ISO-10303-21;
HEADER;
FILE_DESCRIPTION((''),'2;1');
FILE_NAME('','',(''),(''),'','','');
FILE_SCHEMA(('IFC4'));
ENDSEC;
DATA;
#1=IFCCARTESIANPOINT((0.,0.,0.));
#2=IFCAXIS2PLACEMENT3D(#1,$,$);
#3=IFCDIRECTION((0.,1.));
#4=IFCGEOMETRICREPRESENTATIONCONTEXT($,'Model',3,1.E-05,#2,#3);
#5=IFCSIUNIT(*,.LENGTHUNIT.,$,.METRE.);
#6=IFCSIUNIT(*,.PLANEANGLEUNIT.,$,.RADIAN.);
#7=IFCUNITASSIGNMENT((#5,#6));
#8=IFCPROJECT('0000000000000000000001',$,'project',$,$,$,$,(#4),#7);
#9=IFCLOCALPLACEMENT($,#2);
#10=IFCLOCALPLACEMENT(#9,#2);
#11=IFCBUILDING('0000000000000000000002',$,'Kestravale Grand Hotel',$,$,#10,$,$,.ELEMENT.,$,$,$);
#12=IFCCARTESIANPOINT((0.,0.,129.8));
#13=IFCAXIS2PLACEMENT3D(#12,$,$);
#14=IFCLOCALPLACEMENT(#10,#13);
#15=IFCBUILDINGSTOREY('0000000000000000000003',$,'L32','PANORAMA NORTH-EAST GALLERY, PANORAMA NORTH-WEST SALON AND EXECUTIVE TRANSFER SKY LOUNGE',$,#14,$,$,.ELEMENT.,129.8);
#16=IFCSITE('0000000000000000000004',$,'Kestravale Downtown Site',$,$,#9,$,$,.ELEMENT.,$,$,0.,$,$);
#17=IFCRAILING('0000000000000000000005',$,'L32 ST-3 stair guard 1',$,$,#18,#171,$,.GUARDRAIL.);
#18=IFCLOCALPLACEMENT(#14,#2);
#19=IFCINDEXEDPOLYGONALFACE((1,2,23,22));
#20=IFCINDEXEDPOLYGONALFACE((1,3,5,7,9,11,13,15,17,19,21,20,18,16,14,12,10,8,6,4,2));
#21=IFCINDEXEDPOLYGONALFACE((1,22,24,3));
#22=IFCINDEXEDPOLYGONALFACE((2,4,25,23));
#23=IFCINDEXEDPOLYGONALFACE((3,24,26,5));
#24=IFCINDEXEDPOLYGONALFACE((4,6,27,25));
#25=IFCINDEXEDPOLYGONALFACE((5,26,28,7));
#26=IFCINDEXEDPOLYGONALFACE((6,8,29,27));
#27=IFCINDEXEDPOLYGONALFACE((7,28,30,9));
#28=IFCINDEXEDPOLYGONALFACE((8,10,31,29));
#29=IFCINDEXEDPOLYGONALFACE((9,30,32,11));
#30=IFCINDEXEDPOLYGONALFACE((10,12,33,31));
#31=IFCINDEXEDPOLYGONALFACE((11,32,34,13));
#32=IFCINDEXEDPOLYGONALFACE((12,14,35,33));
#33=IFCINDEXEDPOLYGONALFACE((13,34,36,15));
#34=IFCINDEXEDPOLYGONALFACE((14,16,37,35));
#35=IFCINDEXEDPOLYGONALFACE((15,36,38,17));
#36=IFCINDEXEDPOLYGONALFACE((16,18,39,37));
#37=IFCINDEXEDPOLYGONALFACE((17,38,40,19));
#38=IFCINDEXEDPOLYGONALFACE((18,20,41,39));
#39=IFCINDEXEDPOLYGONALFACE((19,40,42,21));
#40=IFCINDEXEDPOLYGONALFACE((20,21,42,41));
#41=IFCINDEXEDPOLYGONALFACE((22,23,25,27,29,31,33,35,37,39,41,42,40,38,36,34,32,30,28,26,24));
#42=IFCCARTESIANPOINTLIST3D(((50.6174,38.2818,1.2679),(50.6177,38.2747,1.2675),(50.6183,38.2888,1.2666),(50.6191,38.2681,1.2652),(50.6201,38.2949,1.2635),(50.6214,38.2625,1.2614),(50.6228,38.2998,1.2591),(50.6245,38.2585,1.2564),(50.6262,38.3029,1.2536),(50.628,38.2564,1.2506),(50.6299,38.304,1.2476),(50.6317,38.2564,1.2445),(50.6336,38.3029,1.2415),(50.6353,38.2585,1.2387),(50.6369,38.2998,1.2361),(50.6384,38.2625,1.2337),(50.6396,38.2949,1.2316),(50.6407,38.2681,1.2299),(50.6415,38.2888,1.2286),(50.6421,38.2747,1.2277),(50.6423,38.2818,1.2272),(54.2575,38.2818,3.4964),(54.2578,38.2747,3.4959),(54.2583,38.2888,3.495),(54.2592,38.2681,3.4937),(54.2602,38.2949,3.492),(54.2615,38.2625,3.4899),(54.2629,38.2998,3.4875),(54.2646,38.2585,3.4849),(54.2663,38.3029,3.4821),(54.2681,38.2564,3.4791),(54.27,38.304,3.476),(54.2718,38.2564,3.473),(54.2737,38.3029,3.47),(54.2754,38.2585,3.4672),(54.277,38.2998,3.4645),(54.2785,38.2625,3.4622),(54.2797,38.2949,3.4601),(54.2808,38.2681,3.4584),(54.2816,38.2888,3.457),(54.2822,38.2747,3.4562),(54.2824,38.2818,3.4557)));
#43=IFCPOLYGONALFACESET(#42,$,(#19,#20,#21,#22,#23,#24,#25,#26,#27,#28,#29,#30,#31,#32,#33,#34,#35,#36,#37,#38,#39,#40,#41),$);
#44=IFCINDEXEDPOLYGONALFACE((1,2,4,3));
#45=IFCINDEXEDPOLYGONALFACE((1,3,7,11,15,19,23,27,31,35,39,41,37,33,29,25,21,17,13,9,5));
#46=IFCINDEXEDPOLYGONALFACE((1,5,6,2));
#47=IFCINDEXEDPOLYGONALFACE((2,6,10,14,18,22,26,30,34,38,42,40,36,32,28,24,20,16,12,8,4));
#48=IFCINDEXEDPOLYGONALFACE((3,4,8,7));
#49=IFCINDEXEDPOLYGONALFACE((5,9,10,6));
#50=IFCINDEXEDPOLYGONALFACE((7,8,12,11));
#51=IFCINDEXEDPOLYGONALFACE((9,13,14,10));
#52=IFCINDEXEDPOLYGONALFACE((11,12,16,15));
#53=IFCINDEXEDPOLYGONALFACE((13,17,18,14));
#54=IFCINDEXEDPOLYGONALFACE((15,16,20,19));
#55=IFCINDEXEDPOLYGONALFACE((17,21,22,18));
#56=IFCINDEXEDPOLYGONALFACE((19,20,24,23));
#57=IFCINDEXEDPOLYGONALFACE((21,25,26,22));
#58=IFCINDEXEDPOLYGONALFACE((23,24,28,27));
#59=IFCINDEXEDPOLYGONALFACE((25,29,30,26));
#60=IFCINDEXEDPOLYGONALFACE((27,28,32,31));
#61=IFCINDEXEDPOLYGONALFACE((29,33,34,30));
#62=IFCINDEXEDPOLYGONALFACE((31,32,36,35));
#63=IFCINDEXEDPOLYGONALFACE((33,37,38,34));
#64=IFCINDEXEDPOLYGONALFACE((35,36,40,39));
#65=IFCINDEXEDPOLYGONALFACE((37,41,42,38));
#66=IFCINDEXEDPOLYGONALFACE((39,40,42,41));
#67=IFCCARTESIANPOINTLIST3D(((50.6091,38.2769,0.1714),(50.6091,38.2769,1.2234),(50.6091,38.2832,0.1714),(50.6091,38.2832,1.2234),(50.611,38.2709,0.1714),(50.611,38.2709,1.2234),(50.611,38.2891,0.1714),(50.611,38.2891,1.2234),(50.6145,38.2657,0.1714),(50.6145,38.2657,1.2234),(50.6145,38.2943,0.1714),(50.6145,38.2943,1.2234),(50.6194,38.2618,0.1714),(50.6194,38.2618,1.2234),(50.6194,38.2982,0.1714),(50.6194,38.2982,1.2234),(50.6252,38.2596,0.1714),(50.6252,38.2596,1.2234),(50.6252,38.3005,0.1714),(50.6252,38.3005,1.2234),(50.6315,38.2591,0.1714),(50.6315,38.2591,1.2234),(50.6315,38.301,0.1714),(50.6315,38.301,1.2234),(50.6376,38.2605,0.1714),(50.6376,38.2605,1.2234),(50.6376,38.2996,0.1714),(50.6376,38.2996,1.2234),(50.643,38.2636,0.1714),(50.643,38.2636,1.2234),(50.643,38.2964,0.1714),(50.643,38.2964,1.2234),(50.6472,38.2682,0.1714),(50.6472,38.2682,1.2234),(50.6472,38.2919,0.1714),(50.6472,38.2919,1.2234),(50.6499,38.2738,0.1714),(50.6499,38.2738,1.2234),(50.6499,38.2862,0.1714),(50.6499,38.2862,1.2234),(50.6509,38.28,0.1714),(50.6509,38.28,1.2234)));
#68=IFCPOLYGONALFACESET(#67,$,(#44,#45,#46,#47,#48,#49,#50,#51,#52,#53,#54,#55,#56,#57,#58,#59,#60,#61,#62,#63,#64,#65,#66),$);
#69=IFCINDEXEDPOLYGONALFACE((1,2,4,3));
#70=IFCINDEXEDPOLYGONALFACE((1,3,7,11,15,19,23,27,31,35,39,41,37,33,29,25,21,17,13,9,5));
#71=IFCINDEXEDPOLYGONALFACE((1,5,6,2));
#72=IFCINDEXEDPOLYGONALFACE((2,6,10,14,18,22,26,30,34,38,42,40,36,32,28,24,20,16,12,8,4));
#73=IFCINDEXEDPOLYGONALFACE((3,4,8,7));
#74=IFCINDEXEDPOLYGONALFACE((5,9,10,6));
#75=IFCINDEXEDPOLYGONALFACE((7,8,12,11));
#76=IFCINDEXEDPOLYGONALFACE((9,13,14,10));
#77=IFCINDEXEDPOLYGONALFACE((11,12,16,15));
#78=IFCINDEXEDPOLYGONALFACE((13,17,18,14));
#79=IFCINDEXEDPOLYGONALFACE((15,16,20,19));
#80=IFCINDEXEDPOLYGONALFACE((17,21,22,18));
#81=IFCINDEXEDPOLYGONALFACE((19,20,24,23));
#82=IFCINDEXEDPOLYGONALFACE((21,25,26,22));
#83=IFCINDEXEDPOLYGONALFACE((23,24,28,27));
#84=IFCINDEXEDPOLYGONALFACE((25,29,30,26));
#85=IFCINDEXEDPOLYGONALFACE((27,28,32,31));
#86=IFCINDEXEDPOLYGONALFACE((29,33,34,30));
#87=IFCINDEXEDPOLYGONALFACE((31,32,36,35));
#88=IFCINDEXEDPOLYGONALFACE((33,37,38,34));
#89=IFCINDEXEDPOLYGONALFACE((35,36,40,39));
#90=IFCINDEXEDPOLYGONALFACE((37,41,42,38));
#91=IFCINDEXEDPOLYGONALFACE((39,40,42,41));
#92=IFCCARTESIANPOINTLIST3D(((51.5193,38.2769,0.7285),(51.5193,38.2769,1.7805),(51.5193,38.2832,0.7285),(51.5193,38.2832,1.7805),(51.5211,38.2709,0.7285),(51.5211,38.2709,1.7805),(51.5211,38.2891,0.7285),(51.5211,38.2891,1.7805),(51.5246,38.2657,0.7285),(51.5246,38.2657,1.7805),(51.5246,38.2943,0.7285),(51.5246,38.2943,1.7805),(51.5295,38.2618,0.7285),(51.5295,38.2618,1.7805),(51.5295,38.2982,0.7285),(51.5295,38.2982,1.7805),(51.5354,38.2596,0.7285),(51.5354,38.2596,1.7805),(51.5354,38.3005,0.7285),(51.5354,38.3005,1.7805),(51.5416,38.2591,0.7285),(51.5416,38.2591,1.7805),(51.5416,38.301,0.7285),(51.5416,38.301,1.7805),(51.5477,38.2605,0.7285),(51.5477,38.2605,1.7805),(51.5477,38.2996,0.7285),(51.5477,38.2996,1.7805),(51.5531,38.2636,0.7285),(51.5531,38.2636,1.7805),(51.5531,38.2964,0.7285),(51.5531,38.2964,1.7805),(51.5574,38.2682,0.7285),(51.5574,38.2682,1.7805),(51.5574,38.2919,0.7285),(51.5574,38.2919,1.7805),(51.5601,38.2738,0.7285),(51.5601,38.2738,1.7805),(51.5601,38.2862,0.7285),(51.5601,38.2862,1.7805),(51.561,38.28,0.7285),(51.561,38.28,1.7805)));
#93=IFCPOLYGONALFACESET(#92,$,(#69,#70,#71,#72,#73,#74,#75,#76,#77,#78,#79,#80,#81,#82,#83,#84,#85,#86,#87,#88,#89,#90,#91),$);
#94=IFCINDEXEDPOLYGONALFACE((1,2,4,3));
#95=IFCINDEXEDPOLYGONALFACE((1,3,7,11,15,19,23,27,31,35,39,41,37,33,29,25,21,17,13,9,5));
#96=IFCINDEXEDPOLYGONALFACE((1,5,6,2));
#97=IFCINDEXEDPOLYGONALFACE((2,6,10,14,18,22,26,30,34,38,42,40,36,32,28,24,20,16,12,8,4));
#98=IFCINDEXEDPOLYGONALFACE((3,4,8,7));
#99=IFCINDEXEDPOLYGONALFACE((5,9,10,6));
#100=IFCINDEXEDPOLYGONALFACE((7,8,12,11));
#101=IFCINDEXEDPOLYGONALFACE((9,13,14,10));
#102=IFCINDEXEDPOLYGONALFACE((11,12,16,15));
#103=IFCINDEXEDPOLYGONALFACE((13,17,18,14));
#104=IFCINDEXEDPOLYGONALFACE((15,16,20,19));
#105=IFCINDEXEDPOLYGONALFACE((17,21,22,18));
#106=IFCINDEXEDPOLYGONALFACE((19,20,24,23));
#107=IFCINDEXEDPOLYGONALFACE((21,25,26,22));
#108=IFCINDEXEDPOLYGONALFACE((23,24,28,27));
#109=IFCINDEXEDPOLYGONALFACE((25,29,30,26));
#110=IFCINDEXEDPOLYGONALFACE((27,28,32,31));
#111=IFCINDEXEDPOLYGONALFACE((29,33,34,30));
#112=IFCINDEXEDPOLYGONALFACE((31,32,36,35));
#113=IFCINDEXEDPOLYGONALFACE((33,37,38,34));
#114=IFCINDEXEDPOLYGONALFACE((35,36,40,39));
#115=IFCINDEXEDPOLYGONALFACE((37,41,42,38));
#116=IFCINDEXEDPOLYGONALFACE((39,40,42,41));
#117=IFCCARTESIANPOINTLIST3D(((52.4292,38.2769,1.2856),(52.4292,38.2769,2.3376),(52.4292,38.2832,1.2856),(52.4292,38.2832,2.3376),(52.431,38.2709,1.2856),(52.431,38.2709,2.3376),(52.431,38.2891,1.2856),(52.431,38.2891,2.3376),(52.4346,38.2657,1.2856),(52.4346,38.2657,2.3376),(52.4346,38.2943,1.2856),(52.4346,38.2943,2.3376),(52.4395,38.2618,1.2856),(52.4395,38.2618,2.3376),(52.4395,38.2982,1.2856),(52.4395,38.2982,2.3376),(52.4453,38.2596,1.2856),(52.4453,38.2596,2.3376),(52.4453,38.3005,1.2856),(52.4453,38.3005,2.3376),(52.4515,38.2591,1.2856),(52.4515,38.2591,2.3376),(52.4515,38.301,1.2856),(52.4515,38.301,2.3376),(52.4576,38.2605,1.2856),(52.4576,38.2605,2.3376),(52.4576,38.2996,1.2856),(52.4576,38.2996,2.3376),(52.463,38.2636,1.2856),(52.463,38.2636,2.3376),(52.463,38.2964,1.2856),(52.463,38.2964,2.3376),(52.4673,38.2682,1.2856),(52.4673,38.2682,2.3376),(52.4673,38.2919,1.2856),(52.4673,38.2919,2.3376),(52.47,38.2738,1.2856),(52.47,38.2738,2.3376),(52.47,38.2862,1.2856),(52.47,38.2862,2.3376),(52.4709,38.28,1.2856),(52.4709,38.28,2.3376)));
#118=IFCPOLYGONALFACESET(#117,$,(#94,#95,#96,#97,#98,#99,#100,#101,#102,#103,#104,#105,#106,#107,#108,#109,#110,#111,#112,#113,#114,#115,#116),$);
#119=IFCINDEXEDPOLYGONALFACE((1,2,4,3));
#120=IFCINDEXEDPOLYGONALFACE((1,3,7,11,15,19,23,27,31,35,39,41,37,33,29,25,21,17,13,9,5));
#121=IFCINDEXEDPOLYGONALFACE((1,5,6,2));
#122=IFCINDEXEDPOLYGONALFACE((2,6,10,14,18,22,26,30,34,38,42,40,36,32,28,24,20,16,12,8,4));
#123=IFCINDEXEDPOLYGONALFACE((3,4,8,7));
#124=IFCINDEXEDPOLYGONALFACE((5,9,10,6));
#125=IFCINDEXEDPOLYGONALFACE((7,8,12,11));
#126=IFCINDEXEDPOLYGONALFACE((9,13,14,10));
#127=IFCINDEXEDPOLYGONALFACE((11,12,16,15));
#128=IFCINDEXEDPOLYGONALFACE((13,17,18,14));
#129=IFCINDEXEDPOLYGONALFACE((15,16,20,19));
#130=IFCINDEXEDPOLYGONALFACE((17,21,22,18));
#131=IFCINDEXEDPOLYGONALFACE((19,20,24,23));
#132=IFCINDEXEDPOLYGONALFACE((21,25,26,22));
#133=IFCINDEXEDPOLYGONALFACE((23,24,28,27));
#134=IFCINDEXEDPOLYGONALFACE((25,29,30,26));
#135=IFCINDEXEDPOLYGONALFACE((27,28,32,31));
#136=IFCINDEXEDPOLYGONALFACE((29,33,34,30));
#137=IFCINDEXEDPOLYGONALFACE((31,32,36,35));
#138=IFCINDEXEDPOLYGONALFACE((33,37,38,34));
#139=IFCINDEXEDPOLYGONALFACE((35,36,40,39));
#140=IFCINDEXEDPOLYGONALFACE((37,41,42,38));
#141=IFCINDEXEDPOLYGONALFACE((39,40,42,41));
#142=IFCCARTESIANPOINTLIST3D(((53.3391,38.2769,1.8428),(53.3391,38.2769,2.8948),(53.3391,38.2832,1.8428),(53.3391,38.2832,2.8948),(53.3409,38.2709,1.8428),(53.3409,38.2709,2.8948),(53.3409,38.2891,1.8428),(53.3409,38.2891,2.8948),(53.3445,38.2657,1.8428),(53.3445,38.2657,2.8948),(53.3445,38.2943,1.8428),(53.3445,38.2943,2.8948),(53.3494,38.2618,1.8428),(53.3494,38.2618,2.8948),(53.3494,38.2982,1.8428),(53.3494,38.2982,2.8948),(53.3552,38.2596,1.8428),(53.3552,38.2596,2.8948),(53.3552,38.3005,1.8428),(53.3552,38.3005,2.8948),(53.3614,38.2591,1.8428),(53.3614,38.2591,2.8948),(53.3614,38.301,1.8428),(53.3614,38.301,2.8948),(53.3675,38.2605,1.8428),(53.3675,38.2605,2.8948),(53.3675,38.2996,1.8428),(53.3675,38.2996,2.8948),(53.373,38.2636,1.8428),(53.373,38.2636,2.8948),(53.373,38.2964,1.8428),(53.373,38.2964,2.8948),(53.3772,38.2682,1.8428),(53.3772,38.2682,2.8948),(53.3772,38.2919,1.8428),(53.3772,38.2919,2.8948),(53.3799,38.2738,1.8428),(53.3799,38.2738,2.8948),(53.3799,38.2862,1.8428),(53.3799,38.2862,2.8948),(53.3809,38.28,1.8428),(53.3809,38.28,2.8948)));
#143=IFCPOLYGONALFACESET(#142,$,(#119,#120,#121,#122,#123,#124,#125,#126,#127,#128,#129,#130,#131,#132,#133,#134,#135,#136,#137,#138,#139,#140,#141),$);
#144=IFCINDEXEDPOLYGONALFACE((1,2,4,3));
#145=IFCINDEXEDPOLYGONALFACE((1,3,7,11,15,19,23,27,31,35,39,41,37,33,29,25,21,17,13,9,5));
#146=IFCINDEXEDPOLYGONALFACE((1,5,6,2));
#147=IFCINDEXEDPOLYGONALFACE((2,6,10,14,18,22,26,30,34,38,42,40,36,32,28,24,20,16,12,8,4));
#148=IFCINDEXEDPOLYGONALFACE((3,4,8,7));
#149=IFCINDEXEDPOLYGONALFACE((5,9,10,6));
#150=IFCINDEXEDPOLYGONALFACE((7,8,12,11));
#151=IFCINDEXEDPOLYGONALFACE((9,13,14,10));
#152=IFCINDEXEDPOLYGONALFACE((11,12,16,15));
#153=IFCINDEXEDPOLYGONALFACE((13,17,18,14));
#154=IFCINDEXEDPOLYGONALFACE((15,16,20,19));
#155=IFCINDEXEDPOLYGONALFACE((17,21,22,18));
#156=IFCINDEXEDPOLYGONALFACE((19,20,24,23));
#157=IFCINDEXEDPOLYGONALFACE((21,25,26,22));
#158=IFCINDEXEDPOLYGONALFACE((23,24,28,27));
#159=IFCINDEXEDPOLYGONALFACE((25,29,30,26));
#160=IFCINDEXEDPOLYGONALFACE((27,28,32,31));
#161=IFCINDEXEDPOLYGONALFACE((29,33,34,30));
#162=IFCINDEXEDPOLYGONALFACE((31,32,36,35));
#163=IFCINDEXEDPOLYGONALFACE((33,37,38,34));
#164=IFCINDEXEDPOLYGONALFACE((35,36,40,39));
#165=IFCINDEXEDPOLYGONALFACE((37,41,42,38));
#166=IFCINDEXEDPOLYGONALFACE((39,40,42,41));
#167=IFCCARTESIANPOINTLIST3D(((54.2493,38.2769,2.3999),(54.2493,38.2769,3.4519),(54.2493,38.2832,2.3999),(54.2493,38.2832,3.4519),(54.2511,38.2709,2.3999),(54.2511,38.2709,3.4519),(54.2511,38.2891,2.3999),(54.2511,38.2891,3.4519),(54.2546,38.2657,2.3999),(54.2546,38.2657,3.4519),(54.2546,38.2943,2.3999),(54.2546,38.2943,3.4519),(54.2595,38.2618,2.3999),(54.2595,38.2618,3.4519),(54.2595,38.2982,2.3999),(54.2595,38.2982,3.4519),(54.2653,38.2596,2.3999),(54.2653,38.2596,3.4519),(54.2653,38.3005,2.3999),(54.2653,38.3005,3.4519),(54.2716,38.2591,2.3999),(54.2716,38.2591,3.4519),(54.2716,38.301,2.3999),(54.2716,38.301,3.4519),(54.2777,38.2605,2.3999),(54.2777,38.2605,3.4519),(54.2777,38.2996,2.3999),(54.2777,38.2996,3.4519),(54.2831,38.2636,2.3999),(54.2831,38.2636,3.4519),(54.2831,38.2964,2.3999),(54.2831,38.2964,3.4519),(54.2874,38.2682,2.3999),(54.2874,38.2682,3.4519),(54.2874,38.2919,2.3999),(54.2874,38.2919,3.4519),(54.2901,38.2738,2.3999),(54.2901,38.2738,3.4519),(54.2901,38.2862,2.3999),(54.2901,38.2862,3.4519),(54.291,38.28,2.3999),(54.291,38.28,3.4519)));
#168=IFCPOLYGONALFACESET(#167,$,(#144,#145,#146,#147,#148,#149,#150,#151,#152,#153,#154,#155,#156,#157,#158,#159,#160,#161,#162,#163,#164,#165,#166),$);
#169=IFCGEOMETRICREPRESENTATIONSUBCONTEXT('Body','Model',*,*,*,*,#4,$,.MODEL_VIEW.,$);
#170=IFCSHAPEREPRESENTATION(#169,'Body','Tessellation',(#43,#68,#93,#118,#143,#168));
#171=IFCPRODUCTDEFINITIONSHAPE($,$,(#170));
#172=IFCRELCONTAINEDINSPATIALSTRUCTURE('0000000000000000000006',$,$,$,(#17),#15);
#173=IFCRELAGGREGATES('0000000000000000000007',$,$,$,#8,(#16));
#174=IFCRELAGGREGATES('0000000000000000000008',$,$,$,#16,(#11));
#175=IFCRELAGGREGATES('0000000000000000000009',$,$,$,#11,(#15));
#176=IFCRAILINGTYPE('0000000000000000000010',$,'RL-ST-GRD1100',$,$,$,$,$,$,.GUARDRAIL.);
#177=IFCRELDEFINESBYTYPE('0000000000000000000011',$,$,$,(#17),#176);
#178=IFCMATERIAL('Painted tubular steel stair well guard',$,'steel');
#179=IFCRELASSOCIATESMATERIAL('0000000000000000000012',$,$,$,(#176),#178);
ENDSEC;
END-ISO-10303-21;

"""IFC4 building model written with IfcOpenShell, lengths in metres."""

from ifc_helpers import new_model, si_unit, direction, frame, origin, origin_2d, place, context, subcontext, project, spatial, circle, extrude, material, type_object, element, save


model = new_model("IFC4")

# Units and contexts
model_context = context("Model", 3, precision=1e-05, world=origin(), true_north=direction((0.0, 1.0)))
body_context = subcontext(model_context, "Body", "Model", "MODEL_VIEW")
ifc_project = project(units=[si_unit("LENGTHUNIT", "METRE"), si_unit("PLANEANGLEUNIT", "RADIAN")], contexts=[model_context])

# Site, building, storey
site_placement = place(None, origin())
site = spatial("IfcSite", under=ifc_project, at=site_placement, Name="Kestravale Downtown Site", CompositionType="ELEMENT", RefElevation=0.0)
building_placement = place(site_placement, origin())
building = spatial("IfcBuilding", under=site, at=building_placement, Name="Kestravale Grand Hotel", CompositionType="ELEMENT")
storey_placement = place(building_placement, frame((0.0, 0.0, 129.8)))
storey = spatial("IfcBuildingStorey", under=building, at=storey_placement, Name="L32", Description="PANORAMA NORTH-EAST GALLERY, PANORAMA NORTH-WEST SALON AND EXECUTIVE TRANSFER SKY LOUNGE", CompositionType="ELEMENT", Elevation=129.8)

# Railing
ifc_material_1 = material(Name="Painted tubular steel stair well guard", Category="steel")
railing_type_1 = type_object("IfcRailingType", Name="RL-ST-GRD1100", PredefinedType="GUARDRAIL", material=ifc_material_1)
railing_1_placement = place(storey_placement, frame((50.6299, 38.28, 0.1714)))
element("IfcRailing", 1, at=railing_1_placement, inside=storey, type_object=railing_type_1, Name="L32 ST-3 stair guard 1", PredefinedType="GUARDRAIL", context=body_context, shape_type="SweptSolid", body=[
    extrude(circle(Radius=0.0239, at=origin_2d()), frame((0.0, 0.0, 1.0762), z_axis=(0.852866, 0.0, 0.52213), x_axis=(0.0, 1.0, 0.0)), (0.0, 0.0, 1.0), 4.2681),
    extrude(circle(Radius=0.021, at=origin_2d()), origin(), (0.0, 0.0, 1.0), 1.052),
    extrude(circle(Radius=0.021, at=origin_2d()), frame((0.9102, 0.0, 0.5571)), (0.0, 0.0, 1.0), 1.052),
    extrude(circle(Radius=0.021, at=origin_2d()), frame((1.8201, 0.0, 1.1143)), (0.0, 0.0, 1.0), 1.052),
    extrude(circle(Radius=0.021, at=origin_2d()), frame((2.73, 0.0, 1.6714)), (0.0, 0.0, 1.0), 1.052),
    extrude(circle(Radius=0.021, at=origin_2d()), frame((3.6401, 0.0, 2.2285)), (0.0, 0.0, 1.0), 1.052),
])

save(model, "model.ifc")
